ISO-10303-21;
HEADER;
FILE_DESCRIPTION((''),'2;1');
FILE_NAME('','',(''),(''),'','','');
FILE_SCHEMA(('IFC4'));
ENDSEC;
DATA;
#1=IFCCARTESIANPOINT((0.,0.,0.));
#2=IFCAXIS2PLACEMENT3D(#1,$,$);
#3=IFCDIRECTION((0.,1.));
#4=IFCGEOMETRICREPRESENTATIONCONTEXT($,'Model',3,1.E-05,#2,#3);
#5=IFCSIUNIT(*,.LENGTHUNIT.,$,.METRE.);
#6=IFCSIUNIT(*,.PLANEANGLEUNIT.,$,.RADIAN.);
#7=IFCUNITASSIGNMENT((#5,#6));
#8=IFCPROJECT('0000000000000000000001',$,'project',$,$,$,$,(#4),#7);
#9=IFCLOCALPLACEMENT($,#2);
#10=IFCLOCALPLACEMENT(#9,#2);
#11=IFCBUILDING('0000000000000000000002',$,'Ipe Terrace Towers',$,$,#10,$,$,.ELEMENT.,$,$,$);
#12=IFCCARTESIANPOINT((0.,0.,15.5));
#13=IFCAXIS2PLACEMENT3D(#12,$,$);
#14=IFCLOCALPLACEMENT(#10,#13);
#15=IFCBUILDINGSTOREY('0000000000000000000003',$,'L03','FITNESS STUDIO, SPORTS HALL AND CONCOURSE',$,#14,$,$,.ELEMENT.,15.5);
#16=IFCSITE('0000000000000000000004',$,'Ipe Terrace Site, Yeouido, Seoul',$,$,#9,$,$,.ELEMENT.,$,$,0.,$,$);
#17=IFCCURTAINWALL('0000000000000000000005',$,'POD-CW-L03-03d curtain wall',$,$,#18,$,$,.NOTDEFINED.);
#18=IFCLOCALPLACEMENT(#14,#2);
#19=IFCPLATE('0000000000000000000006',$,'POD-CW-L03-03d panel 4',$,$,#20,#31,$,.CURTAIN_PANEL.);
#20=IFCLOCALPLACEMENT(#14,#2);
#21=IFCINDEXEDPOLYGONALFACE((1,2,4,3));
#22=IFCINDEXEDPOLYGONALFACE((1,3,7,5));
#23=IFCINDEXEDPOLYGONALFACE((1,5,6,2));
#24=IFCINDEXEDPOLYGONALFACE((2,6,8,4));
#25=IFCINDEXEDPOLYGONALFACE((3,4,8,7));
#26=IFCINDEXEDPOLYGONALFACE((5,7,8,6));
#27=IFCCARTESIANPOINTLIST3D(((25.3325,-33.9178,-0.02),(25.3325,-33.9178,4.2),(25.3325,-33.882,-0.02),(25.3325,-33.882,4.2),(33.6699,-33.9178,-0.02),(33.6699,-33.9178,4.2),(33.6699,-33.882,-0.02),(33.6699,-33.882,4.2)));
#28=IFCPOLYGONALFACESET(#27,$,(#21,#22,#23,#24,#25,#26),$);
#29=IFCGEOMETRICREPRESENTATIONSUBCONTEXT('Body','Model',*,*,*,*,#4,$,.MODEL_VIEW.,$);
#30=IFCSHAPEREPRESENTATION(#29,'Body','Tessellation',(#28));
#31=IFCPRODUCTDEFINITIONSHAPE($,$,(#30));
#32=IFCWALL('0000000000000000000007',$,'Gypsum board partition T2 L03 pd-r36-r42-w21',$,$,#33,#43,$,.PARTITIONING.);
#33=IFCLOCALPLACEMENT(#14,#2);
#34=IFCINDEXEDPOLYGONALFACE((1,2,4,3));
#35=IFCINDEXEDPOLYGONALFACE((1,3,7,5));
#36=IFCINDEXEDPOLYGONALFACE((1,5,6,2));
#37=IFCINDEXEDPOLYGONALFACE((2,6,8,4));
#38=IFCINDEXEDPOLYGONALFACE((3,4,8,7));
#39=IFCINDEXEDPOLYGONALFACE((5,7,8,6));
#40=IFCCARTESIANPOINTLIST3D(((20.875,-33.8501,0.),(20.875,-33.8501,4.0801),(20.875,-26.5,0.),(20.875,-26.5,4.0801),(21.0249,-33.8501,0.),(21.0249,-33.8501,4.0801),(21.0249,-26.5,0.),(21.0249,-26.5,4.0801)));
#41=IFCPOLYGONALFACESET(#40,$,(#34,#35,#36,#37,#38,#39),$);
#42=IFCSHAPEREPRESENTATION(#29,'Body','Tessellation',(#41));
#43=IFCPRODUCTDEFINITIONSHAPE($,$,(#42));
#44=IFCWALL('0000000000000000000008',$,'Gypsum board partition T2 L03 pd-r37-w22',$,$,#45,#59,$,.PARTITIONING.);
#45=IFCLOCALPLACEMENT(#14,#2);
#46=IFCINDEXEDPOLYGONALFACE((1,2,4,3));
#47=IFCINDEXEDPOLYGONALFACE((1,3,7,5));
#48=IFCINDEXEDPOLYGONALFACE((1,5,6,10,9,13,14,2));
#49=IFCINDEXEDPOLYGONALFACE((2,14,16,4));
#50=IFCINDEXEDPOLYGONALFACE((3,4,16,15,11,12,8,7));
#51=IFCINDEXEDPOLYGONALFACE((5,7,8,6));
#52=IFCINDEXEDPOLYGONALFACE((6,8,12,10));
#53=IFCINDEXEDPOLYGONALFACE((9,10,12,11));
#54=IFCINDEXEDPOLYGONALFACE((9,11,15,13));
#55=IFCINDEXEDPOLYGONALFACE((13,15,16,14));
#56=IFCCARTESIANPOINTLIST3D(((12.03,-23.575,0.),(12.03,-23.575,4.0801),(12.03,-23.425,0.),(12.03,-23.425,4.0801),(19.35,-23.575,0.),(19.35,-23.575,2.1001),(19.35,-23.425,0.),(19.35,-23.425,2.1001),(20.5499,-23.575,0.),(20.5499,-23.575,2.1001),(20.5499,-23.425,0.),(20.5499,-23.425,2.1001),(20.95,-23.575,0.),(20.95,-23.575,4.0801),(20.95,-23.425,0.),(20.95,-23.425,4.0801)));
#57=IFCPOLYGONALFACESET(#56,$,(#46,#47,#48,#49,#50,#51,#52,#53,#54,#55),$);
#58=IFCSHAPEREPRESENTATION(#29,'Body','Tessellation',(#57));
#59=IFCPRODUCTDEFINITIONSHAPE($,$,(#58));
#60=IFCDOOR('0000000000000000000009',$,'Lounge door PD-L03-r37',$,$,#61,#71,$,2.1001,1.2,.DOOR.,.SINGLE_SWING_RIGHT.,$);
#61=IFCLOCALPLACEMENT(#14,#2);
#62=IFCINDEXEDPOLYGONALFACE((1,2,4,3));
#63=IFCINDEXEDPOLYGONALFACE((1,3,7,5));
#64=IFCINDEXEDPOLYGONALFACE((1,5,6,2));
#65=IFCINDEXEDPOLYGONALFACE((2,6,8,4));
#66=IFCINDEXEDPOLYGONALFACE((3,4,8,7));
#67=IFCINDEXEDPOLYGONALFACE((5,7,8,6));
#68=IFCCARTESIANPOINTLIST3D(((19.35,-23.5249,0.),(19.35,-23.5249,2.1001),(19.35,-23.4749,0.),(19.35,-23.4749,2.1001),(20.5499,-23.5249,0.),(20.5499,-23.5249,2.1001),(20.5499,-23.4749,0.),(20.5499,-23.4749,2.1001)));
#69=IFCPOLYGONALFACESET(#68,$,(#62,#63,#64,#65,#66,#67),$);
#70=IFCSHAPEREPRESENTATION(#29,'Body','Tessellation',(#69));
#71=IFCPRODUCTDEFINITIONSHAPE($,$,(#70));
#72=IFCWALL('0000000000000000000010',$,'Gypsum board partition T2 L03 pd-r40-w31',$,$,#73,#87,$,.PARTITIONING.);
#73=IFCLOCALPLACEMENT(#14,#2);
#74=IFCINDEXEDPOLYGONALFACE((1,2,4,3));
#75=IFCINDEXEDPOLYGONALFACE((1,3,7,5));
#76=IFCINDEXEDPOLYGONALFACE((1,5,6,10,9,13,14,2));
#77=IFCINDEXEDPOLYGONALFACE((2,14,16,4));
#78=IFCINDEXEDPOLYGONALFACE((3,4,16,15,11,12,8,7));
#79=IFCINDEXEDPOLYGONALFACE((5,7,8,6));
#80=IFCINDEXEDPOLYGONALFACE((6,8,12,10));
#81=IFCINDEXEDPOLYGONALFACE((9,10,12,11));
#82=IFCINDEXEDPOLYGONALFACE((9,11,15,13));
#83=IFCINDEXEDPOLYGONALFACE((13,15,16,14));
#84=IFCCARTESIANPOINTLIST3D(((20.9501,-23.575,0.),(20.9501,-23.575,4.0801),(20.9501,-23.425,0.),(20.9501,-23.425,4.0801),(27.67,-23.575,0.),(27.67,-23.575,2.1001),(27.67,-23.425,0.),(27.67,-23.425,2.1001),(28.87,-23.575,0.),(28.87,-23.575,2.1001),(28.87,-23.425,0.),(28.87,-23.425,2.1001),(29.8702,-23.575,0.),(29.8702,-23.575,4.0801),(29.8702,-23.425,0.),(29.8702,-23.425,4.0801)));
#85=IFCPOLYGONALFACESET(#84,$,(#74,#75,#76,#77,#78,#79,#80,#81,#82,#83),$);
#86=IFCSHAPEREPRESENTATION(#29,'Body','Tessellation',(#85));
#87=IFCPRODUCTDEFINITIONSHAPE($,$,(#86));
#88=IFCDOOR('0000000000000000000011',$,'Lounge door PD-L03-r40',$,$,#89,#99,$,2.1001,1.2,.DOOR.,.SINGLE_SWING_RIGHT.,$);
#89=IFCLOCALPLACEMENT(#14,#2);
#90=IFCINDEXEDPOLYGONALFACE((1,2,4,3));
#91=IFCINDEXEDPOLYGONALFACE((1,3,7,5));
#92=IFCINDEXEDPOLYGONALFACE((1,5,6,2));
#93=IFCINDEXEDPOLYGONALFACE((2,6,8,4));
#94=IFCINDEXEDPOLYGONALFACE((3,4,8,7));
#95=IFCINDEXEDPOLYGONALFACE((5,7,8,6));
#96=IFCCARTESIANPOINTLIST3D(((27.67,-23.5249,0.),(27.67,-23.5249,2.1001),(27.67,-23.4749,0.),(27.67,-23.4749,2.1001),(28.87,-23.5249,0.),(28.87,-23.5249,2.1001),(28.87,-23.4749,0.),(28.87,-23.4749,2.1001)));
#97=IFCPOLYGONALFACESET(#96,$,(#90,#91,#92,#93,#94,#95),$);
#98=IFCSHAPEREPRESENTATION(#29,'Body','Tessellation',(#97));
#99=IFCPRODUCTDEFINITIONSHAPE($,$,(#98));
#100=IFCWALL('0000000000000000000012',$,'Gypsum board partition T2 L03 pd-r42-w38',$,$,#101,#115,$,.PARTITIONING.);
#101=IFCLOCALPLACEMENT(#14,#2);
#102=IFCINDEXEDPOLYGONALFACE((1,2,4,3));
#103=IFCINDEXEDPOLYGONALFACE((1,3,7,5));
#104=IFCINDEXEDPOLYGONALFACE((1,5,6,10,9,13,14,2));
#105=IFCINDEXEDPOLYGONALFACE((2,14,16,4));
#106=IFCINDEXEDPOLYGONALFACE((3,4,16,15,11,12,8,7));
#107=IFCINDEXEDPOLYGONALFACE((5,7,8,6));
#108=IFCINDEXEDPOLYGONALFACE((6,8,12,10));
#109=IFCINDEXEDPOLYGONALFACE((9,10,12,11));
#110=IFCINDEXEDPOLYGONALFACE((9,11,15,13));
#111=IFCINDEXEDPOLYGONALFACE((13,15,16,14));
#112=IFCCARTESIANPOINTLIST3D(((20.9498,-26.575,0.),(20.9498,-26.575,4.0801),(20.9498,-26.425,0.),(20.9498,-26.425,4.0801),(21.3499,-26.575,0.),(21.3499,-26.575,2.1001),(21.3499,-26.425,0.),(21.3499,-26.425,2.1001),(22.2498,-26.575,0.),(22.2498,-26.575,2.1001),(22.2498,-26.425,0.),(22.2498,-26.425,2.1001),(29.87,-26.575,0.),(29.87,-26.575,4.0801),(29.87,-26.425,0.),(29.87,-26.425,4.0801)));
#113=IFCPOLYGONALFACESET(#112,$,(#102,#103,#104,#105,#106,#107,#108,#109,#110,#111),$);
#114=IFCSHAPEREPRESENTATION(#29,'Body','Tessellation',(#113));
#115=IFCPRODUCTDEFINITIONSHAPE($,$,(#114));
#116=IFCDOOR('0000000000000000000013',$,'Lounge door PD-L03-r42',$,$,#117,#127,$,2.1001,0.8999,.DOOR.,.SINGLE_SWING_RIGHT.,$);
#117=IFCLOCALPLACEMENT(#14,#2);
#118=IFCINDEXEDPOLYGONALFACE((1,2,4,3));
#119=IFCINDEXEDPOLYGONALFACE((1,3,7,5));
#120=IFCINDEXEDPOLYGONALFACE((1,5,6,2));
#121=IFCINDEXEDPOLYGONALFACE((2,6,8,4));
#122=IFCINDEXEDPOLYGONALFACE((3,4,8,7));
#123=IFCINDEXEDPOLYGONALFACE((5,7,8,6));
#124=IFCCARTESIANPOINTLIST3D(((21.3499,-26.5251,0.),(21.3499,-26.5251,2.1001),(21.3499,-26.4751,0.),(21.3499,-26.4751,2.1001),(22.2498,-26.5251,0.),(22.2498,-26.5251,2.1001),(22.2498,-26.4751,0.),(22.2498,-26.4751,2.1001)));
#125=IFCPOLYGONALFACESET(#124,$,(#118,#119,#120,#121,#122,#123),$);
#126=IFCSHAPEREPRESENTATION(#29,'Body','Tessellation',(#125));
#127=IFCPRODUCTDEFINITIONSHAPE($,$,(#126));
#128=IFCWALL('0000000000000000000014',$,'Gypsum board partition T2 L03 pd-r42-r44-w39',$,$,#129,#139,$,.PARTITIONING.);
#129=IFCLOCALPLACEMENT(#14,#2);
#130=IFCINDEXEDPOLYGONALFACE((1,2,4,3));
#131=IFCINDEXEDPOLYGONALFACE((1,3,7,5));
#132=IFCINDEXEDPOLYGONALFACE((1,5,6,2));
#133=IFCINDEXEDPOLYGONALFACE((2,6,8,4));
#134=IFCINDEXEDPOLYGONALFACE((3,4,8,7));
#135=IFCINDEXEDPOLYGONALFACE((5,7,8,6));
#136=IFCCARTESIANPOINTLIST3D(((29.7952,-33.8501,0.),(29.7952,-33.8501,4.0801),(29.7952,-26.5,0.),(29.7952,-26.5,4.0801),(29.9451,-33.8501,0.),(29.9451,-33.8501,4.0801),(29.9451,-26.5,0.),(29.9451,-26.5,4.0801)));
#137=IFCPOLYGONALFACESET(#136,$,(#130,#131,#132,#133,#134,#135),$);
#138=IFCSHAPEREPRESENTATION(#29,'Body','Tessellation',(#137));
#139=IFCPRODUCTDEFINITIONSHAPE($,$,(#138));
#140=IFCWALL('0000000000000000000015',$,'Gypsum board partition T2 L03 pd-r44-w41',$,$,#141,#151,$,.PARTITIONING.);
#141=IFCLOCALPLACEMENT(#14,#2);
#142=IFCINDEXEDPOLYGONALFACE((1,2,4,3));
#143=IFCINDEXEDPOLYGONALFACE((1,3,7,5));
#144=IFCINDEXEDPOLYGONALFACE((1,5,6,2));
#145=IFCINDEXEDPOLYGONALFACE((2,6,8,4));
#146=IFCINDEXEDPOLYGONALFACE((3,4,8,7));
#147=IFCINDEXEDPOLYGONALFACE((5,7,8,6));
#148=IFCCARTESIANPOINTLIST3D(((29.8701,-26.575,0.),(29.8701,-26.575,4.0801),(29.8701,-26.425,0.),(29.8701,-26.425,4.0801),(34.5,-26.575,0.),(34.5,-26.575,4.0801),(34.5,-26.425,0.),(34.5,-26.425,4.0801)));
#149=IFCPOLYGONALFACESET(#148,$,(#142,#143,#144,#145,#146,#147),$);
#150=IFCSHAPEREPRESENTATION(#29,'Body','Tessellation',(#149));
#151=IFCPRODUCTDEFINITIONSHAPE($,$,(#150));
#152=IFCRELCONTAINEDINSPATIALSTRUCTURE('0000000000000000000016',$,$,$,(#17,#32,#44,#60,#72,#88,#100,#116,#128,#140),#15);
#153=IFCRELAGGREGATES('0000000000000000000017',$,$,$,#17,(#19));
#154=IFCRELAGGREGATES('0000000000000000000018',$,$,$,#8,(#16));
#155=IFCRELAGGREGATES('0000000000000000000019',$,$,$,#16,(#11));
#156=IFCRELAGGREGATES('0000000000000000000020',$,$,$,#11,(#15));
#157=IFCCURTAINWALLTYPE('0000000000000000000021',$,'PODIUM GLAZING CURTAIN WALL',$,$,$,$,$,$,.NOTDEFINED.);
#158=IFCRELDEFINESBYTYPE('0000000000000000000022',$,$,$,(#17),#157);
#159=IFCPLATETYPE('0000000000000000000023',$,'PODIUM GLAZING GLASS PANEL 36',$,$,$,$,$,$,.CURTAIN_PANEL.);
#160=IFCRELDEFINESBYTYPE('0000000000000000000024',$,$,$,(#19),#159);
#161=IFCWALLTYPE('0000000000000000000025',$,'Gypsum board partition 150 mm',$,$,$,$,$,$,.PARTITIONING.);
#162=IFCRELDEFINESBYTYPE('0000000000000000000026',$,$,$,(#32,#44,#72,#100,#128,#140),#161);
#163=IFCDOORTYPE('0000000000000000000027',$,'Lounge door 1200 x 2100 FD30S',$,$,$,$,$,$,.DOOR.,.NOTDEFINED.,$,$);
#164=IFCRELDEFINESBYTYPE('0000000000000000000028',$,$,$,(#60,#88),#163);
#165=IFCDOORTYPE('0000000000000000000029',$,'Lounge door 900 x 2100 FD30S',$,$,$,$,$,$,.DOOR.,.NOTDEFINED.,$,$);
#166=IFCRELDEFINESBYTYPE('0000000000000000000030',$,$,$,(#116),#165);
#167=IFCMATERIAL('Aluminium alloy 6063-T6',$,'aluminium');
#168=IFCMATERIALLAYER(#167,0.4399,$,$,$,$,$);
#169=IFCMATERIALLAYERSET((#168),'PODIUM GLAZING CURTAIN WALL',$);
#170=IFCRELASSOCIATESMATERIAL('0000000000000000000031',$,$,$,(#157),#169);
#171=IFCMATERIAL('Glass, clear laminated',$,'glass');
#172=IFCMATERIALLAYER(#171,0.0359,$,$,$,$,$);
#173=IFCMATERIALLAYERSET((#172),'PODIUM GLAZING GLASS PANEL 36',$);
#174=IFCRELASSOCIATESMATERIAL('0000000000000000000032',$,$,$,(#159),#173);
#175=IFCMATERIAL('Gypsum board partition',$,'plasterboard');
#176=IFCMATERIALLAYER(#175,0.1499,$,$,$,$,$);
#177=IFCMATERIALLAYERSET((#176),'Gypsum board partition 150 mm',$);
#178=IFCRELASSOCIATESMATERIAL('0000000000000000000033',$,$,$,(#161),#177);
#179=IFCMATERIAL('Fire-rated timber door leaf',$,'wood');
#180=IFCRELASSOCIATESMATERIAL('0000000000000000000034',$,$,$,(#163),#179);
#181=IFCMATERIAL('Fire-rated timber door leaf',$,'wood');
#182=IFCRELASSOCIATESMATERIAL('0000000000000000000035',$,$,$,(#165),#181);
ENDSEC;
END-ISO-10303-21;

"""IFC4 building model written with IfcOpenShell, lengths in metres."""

from ifc_helpers import new_model, si_unit, direction, frame, frame_2d, origin, origin_2d, place, context, subcontext, project, spatial, rectangle, extrude, material, layer, layer_set, type_object, element, fill, aggregate, save


model = new_model("IFC4")

# Units and contexts
model_context = context("Model", 3, precision=1e-05, world=origin(), true_north=direction((0.0, 1.0)))
body_context = subcontext(model_context, "Body", "Model", "MODEL_VIEW")
ifc_project = project(units=[si_unit("LENGTHUNIT", "METRE"), si_unit("PLANEANGLEUNIT", "RADIAN")], contexts=[model_context])

# Site, building, storey
site_placement = place(None, origin())
site = spatial("IfcSite", under=ifc_project, at=site_placement, Name="Ipe Terrace Site, Yeouido, Seoul", CompositionType="ELEMENT", RefElevation=0.0)
building_placement = place(site_placement, origin())
building = spatial("IfcBuilding", under=site, at=building_placement, Name="Ipe Terrace Towers", CompositionType="ELEMENT")
storey_placement = place(building_placement, frame((0.0, 0.0, 15.5)))
storey = spatial("IfcBuildingStorey", under=building, at=storey_placement, Name="L03", Description="FITNESS STUDIO, SPORTS HALL AND CONCOURSE", CompositionType="ELEMENT", Elevation=15.5)

# Curtain wall, plate
ifc_material_1 = material(Name="Aluminium alloy 6063-T6", Category="aluminium")
ifc_layer_1 = layer(ifc_material_1, 0.4399)
ifc_layer_set_1 = layer_set([ifc_layer_1], Name="PODIUM GLAZING CURTAIN WALL")
curtain_wall_type = type_object("IfcCurtainWallType", Name="PODIUM GLAZING CURTAIN WALL", PredefinedType="NOTDEFINED", material=ifc_layer_set_1)
curtain_wall_placement = place(storey_placement, origin())
curtain_wall = element("IfcCurtainWall", 1, at=curtain_wall_placement, inside=storey, type_object=curtain_wall_type, Name="POD-CW-L03-03d curtain wall", PredefinedType="NOTDEFINED")
ifc_material_2 = material(Name="Glass, clear laminated", Category="glass")
ifc_layer_2 = layer(ifc_material_2, 0.0359)
ifc_layer_set_2 = layer_set([ifc_layer_2], Name="PODIUM GLAZING GLASS PANEL 36")
plate_type = type_object("IfcPlateType", Name="PODIUM GLAZING GLASS PANEL 36", PredefinedType="CURTAIN_PANEL", material=ifc_layer_set_2)
plate_1_placement = place(storey_placement, frame((29.5012, -33.8999, -0.02), z_axis=(0.0, 0.0, 1.0), x_axis=(1.0, 0.0, 0.0)))
plate_1 = element("IfcPlate", 2, at=plate_1_placement, type_object=plate_type, Name="POD-CW-L03-03d panel 4", PredefinedType="CURTAIN_PANEL", context=body_context, shape_type="SweptSolid", body=[
    extrude(rectangle(XDim=8.3374, YDim=0.0359, at=origin_2d()), origin(), (0.0, 0.0, 1.0), 4.22),
])
aggregate(curtain_wall, [plate_1])

# Wall
ifc_material_3 = material(Name="Gypsum board partition", Category="plasterboard")
ifc_layer_3 = layer(ifc_material_3, 0.1499)
ifc_layer_set_3 = layer_set([ifc_layer_3], Name="Gypsum board partition 150 mm")
wall_type_1 = type_object("IfcWallType", Name="Gypsum board partition 150 mm", PredefinedType="PARTITIONING", material=ifc_layer_set_3)
wall_1_placement = place(storey_placement, frame((20.95, -26.5, 0.0), z_axis=(0.0, 0.0, 1.0), x_axis=(0.0, -1.0, 0.0)))
element("IfcWall", 3, at=wall_1_placement, inside=storey, type_object=wall_type_1, Name="Gypsum board partition T2 L03 pd-r36-r42-w21", PredefinedType="PARTITIONING", context=body_context, shape_type="SweptSolid", body=[
    extrude(rectangle(XDim=7.3501, YDim=0.1499, at=frame_2d((3.675, 0.0))), origin(), (0.0, 0.0, 1.0), 4.0801),
])

# Walls, openings, doors
wall_2_placement = place(storey_placement, frame((20.95, -23.5, 0.0), z_axis=(0.0, 0.0, 1.0), x_axis=(-1.0, 0.0, 0.0)))
wall_2 = element("IfcWall", 4, at=wall_2_placement, inside=storey, type_object=wall_type_1, Name="Gypsum board partition T2 L03 pd-r37-w22", PredefinedType="PARTITIONING", context=body_context, shape_type="SweptSolid", body=[
    extrude(rectangle(XDim=8.9199, YDim=0.1499, at=frame_2d((4.46, 0.0))), origin(), (0.0, 0.0, 1.0), 4.0801),
])
opening_1_placement = place(wall_2_placement, frame((0.3999, 0.0, 0.0)))
opening_1 = element("IfcOpeningElement", 5, at=opening_1_placement, cuts=wall_2, PredefinedType="OPENING", context=body_context, shape_type="SweptSolid", body=[
    extrude(rectangle(XDim=1.2, YDim=2.1001, at=frame_2d((0.6001, 1.05))), frame((0.0, 0.085, 0.0), z_axis=(0.0, -1.0, 0.0), x_axis=(1.0, 0.0, 0.0)), (0.0, 0.0, 1.0), 0.1699),
])
ifc_material_4 = material(Name="Fire-rated timber door leaf", Category="wood")
door_type_1 = type_object("IfcDoorType", Name="Lounge door 1200 x 2100 FD30S", OperationType="NOTDEFINED", PredefinedType="DOOR", material=ifc_material_4)
door_1_placement = place(opening_1_placement, origin())
door_1 = element("IfcDoor", 6, at=door_1_placement, inside=storey, type_object=door_type_1, Name="Lounge door PD-L03-r37", OperationType="SINGLE_SWING_RIGHT", OverallHeight=2.1001, OverallWidth=1.2, PredefinedType="DOOR", context=body_context, shape_type="SweptSolid", body=[
    extrude(rectangle(XDim=1.2, YDim=2.1001, at=frame_2d((0.6001, 1.05))), frame((0.0, 0.0249, 0.0), z_axis=(0.0, -1.0, 0.0), x_axis=(1.0, 0.0, 0.0)), (0.0, 0.0, 1.0), 0.05),
])
fill(opening_1, door_1)
wall_3_placement = place(storey_placement, frame((29.8701, -23.5, 0.0), z_axis=(0.0, 0.0, 1.0), x_axis=(-1.0, 0.0, 0.0)))
wall_3 = element("IfcWall", 7, at=wall_3_placement, inside=storey, type_object=wall_type_1, Name="Gypsum board partition T2 L03 pd-r40-w31", PredefinedType="PARTITIONING", context=body_context, shape_type="SweptSolid", body=[
    extrude(rectangle(XDim=8.9202, YDim=0.1499, at=frame_2d((4.46, 0.0))), origin(), (0.0, 0.0, 1.0), 4.0801),
])
opening_2_placement = place(wall_3_placement, frame((1.0, 0.0, 0.0)))
opening_2 = element("IfcOpeningElement", 8, at=opening_2_placement, cuts=wall_3, PredefinedType="OPENING", context=body_context, shape_type="SweptSolid", body=[
    extrude(rectangle(XDim=1.2, YDim=2.1001, at=frame_2d((0.6001, 1.05))), frame((0.0, 0.085, 0.0), z_axis=(0.0, -1.0, 0.0), x_axis=(1.0, 0.0, 0.0)), (0.0, 0.0, 1.0), 0.1699),
])
door_2_placement = place(opening_2_placement, origin())
door_2 = element("IfcDoor", 9, at=door_2_placement, inside=storey, type_object=door_type_1, Name="Lounge door PD-L03-r40", OperationType="SINGLE_SWING_RIGHT", OverallHeight=2.1001, OverallWidth=1.2, PredefinedType="DOOR", context=body_context, shape_type="SweptSolid", body=[
    extrude(rectangle(XDim=1.2, YDim=2.1001, at=frame_2d((0.6001, 1.05))), frame((0.0, 0.0249, 0.0), z_axis=(0.0, -1.0, 0.0), x_axis=(1.0, 0.0, 0.0)), (0.0, 0.0, 1.0), 0.05),
])
fill(opening_2, door_2)
wall_4_placement = place(storey_placement, frame((20.95, -26.5, 0.0), z_axis=(0.0, 0.0, 1.0), x_axis=(1.0, 0.0, 0.0)))
wall_4 = element("IfcWall", 10, at=wall_4_placement, inside=storey, type_object=wall_type_1, Name="Gypsum board partition T2 L03 pd-r42-w38", PredefinedType="PARTITIONING", context=body_context, shape_type="SweptSolid", body=[
    extrude(rectangle(XDim=8.9202, YDim=0.1499, at=frame_2d((4.46, 0.0))), origin(), (0.0, 0.0, 1.0), 4.0801),
])
opening_3_placement = place(wall_4_placement, frame((0.3999, 0.0, 0.0)))
opening_3 = element("IfcOpeningElement", 11, at=opening_3_placement, cuts=wall_4, PredefinedType="OPENING", context=body_context, shape_type="SweptSolid", body=[
    extrude(rectangle(XDim=0.8999, YDim=2.1001, at=frame_2d((0.45, 1.05))), frame((0.0, 0.085, 0.0), z_axis=(0.0, -1.0, 0.0), x_axis=(1.0, 0.0, 0.0)), (0.0, 0.0, 1.0), 0.1699),
])
ifc_material_5 = material(Name="Fire-rated timber door leaf", Category="wood")
door_type_2 = type_object("IfcDoorType", Name="Lounge door 900 x 2100 FD30S", OperationType="NOTDEFINED", PredefinedType="DOOR", material=ifc_material_5)
door_3_placement = place(opening_3_placement, origin())
door_3 = element("IfcDoor", 12, at=door_3_placement, inside=storey, type_object=door_type_2, Name="Lounge door PD-L03-r42", OperationType="SINGLE_SWING_RIGHT", OverallHeight=2.1001, OverallWidth=0.8999, PredefinedType="DOOR", context=body_context, shape_type="SweptSolid", body=[
    extrude(rectangle(XDim=0.8999, YDim=2.1001, at=frame_2d((0.45, 1.05))), frame((0.0, 0.0249, 0.0), z_axis=(0.0, -1.0, 0.0), x_axis=(1.0, 0.0, 0.0)), (0.0, 0.0, 1.0), 0.05),
])
fill(opening_3, door_3)

# Walls
wall_5_placement = place(storey_placement, frame((29.8701, -26.5, 0.0), z_axis=(0.0, 0.0, 1.0), x_axis=(0.0, -1.0, 0.0)))
element("IfcWall", 13, at=wall_5_placement, inside=storey, type_object=wall_type_1, Name="Gypsum board partition T2 L03 pd-r42-r44-w39", PredefinedType="PARTITIONING", context=body_context, shape_type="SweptSolid", body=[
    extrude(rectangle(XDim=7.3501, YDim=0.1499, at=frame_2d((3.675, 0.0))), origin(), (0.0, 0.0, 1.0), 4.0801),
])
wall_6_placement = place(storey_placement, frame((29.8701, -26.5, 0.0), z_axis=(0.0, 0.0, 1.0), x_axis=(1.0, 0.0, 0.0)))
element("IfcWall", 14, at=wall_6_placement, inside=storey, type_object=wall_type_1, Name="Gypsum board partition T2 L03 pd-r44-w41", PredefinedType="PARTITIONING", context=body_context, shape_type="SweptSolid", body=[
    extrude(rectangle(XDim=4.6299, YDim=0.1499, at=frame_2d((2.3149, 0.0))), origin(), (0.0, 0.0, 1.0), 4.0801),
])

save(model, "model.ifc")
